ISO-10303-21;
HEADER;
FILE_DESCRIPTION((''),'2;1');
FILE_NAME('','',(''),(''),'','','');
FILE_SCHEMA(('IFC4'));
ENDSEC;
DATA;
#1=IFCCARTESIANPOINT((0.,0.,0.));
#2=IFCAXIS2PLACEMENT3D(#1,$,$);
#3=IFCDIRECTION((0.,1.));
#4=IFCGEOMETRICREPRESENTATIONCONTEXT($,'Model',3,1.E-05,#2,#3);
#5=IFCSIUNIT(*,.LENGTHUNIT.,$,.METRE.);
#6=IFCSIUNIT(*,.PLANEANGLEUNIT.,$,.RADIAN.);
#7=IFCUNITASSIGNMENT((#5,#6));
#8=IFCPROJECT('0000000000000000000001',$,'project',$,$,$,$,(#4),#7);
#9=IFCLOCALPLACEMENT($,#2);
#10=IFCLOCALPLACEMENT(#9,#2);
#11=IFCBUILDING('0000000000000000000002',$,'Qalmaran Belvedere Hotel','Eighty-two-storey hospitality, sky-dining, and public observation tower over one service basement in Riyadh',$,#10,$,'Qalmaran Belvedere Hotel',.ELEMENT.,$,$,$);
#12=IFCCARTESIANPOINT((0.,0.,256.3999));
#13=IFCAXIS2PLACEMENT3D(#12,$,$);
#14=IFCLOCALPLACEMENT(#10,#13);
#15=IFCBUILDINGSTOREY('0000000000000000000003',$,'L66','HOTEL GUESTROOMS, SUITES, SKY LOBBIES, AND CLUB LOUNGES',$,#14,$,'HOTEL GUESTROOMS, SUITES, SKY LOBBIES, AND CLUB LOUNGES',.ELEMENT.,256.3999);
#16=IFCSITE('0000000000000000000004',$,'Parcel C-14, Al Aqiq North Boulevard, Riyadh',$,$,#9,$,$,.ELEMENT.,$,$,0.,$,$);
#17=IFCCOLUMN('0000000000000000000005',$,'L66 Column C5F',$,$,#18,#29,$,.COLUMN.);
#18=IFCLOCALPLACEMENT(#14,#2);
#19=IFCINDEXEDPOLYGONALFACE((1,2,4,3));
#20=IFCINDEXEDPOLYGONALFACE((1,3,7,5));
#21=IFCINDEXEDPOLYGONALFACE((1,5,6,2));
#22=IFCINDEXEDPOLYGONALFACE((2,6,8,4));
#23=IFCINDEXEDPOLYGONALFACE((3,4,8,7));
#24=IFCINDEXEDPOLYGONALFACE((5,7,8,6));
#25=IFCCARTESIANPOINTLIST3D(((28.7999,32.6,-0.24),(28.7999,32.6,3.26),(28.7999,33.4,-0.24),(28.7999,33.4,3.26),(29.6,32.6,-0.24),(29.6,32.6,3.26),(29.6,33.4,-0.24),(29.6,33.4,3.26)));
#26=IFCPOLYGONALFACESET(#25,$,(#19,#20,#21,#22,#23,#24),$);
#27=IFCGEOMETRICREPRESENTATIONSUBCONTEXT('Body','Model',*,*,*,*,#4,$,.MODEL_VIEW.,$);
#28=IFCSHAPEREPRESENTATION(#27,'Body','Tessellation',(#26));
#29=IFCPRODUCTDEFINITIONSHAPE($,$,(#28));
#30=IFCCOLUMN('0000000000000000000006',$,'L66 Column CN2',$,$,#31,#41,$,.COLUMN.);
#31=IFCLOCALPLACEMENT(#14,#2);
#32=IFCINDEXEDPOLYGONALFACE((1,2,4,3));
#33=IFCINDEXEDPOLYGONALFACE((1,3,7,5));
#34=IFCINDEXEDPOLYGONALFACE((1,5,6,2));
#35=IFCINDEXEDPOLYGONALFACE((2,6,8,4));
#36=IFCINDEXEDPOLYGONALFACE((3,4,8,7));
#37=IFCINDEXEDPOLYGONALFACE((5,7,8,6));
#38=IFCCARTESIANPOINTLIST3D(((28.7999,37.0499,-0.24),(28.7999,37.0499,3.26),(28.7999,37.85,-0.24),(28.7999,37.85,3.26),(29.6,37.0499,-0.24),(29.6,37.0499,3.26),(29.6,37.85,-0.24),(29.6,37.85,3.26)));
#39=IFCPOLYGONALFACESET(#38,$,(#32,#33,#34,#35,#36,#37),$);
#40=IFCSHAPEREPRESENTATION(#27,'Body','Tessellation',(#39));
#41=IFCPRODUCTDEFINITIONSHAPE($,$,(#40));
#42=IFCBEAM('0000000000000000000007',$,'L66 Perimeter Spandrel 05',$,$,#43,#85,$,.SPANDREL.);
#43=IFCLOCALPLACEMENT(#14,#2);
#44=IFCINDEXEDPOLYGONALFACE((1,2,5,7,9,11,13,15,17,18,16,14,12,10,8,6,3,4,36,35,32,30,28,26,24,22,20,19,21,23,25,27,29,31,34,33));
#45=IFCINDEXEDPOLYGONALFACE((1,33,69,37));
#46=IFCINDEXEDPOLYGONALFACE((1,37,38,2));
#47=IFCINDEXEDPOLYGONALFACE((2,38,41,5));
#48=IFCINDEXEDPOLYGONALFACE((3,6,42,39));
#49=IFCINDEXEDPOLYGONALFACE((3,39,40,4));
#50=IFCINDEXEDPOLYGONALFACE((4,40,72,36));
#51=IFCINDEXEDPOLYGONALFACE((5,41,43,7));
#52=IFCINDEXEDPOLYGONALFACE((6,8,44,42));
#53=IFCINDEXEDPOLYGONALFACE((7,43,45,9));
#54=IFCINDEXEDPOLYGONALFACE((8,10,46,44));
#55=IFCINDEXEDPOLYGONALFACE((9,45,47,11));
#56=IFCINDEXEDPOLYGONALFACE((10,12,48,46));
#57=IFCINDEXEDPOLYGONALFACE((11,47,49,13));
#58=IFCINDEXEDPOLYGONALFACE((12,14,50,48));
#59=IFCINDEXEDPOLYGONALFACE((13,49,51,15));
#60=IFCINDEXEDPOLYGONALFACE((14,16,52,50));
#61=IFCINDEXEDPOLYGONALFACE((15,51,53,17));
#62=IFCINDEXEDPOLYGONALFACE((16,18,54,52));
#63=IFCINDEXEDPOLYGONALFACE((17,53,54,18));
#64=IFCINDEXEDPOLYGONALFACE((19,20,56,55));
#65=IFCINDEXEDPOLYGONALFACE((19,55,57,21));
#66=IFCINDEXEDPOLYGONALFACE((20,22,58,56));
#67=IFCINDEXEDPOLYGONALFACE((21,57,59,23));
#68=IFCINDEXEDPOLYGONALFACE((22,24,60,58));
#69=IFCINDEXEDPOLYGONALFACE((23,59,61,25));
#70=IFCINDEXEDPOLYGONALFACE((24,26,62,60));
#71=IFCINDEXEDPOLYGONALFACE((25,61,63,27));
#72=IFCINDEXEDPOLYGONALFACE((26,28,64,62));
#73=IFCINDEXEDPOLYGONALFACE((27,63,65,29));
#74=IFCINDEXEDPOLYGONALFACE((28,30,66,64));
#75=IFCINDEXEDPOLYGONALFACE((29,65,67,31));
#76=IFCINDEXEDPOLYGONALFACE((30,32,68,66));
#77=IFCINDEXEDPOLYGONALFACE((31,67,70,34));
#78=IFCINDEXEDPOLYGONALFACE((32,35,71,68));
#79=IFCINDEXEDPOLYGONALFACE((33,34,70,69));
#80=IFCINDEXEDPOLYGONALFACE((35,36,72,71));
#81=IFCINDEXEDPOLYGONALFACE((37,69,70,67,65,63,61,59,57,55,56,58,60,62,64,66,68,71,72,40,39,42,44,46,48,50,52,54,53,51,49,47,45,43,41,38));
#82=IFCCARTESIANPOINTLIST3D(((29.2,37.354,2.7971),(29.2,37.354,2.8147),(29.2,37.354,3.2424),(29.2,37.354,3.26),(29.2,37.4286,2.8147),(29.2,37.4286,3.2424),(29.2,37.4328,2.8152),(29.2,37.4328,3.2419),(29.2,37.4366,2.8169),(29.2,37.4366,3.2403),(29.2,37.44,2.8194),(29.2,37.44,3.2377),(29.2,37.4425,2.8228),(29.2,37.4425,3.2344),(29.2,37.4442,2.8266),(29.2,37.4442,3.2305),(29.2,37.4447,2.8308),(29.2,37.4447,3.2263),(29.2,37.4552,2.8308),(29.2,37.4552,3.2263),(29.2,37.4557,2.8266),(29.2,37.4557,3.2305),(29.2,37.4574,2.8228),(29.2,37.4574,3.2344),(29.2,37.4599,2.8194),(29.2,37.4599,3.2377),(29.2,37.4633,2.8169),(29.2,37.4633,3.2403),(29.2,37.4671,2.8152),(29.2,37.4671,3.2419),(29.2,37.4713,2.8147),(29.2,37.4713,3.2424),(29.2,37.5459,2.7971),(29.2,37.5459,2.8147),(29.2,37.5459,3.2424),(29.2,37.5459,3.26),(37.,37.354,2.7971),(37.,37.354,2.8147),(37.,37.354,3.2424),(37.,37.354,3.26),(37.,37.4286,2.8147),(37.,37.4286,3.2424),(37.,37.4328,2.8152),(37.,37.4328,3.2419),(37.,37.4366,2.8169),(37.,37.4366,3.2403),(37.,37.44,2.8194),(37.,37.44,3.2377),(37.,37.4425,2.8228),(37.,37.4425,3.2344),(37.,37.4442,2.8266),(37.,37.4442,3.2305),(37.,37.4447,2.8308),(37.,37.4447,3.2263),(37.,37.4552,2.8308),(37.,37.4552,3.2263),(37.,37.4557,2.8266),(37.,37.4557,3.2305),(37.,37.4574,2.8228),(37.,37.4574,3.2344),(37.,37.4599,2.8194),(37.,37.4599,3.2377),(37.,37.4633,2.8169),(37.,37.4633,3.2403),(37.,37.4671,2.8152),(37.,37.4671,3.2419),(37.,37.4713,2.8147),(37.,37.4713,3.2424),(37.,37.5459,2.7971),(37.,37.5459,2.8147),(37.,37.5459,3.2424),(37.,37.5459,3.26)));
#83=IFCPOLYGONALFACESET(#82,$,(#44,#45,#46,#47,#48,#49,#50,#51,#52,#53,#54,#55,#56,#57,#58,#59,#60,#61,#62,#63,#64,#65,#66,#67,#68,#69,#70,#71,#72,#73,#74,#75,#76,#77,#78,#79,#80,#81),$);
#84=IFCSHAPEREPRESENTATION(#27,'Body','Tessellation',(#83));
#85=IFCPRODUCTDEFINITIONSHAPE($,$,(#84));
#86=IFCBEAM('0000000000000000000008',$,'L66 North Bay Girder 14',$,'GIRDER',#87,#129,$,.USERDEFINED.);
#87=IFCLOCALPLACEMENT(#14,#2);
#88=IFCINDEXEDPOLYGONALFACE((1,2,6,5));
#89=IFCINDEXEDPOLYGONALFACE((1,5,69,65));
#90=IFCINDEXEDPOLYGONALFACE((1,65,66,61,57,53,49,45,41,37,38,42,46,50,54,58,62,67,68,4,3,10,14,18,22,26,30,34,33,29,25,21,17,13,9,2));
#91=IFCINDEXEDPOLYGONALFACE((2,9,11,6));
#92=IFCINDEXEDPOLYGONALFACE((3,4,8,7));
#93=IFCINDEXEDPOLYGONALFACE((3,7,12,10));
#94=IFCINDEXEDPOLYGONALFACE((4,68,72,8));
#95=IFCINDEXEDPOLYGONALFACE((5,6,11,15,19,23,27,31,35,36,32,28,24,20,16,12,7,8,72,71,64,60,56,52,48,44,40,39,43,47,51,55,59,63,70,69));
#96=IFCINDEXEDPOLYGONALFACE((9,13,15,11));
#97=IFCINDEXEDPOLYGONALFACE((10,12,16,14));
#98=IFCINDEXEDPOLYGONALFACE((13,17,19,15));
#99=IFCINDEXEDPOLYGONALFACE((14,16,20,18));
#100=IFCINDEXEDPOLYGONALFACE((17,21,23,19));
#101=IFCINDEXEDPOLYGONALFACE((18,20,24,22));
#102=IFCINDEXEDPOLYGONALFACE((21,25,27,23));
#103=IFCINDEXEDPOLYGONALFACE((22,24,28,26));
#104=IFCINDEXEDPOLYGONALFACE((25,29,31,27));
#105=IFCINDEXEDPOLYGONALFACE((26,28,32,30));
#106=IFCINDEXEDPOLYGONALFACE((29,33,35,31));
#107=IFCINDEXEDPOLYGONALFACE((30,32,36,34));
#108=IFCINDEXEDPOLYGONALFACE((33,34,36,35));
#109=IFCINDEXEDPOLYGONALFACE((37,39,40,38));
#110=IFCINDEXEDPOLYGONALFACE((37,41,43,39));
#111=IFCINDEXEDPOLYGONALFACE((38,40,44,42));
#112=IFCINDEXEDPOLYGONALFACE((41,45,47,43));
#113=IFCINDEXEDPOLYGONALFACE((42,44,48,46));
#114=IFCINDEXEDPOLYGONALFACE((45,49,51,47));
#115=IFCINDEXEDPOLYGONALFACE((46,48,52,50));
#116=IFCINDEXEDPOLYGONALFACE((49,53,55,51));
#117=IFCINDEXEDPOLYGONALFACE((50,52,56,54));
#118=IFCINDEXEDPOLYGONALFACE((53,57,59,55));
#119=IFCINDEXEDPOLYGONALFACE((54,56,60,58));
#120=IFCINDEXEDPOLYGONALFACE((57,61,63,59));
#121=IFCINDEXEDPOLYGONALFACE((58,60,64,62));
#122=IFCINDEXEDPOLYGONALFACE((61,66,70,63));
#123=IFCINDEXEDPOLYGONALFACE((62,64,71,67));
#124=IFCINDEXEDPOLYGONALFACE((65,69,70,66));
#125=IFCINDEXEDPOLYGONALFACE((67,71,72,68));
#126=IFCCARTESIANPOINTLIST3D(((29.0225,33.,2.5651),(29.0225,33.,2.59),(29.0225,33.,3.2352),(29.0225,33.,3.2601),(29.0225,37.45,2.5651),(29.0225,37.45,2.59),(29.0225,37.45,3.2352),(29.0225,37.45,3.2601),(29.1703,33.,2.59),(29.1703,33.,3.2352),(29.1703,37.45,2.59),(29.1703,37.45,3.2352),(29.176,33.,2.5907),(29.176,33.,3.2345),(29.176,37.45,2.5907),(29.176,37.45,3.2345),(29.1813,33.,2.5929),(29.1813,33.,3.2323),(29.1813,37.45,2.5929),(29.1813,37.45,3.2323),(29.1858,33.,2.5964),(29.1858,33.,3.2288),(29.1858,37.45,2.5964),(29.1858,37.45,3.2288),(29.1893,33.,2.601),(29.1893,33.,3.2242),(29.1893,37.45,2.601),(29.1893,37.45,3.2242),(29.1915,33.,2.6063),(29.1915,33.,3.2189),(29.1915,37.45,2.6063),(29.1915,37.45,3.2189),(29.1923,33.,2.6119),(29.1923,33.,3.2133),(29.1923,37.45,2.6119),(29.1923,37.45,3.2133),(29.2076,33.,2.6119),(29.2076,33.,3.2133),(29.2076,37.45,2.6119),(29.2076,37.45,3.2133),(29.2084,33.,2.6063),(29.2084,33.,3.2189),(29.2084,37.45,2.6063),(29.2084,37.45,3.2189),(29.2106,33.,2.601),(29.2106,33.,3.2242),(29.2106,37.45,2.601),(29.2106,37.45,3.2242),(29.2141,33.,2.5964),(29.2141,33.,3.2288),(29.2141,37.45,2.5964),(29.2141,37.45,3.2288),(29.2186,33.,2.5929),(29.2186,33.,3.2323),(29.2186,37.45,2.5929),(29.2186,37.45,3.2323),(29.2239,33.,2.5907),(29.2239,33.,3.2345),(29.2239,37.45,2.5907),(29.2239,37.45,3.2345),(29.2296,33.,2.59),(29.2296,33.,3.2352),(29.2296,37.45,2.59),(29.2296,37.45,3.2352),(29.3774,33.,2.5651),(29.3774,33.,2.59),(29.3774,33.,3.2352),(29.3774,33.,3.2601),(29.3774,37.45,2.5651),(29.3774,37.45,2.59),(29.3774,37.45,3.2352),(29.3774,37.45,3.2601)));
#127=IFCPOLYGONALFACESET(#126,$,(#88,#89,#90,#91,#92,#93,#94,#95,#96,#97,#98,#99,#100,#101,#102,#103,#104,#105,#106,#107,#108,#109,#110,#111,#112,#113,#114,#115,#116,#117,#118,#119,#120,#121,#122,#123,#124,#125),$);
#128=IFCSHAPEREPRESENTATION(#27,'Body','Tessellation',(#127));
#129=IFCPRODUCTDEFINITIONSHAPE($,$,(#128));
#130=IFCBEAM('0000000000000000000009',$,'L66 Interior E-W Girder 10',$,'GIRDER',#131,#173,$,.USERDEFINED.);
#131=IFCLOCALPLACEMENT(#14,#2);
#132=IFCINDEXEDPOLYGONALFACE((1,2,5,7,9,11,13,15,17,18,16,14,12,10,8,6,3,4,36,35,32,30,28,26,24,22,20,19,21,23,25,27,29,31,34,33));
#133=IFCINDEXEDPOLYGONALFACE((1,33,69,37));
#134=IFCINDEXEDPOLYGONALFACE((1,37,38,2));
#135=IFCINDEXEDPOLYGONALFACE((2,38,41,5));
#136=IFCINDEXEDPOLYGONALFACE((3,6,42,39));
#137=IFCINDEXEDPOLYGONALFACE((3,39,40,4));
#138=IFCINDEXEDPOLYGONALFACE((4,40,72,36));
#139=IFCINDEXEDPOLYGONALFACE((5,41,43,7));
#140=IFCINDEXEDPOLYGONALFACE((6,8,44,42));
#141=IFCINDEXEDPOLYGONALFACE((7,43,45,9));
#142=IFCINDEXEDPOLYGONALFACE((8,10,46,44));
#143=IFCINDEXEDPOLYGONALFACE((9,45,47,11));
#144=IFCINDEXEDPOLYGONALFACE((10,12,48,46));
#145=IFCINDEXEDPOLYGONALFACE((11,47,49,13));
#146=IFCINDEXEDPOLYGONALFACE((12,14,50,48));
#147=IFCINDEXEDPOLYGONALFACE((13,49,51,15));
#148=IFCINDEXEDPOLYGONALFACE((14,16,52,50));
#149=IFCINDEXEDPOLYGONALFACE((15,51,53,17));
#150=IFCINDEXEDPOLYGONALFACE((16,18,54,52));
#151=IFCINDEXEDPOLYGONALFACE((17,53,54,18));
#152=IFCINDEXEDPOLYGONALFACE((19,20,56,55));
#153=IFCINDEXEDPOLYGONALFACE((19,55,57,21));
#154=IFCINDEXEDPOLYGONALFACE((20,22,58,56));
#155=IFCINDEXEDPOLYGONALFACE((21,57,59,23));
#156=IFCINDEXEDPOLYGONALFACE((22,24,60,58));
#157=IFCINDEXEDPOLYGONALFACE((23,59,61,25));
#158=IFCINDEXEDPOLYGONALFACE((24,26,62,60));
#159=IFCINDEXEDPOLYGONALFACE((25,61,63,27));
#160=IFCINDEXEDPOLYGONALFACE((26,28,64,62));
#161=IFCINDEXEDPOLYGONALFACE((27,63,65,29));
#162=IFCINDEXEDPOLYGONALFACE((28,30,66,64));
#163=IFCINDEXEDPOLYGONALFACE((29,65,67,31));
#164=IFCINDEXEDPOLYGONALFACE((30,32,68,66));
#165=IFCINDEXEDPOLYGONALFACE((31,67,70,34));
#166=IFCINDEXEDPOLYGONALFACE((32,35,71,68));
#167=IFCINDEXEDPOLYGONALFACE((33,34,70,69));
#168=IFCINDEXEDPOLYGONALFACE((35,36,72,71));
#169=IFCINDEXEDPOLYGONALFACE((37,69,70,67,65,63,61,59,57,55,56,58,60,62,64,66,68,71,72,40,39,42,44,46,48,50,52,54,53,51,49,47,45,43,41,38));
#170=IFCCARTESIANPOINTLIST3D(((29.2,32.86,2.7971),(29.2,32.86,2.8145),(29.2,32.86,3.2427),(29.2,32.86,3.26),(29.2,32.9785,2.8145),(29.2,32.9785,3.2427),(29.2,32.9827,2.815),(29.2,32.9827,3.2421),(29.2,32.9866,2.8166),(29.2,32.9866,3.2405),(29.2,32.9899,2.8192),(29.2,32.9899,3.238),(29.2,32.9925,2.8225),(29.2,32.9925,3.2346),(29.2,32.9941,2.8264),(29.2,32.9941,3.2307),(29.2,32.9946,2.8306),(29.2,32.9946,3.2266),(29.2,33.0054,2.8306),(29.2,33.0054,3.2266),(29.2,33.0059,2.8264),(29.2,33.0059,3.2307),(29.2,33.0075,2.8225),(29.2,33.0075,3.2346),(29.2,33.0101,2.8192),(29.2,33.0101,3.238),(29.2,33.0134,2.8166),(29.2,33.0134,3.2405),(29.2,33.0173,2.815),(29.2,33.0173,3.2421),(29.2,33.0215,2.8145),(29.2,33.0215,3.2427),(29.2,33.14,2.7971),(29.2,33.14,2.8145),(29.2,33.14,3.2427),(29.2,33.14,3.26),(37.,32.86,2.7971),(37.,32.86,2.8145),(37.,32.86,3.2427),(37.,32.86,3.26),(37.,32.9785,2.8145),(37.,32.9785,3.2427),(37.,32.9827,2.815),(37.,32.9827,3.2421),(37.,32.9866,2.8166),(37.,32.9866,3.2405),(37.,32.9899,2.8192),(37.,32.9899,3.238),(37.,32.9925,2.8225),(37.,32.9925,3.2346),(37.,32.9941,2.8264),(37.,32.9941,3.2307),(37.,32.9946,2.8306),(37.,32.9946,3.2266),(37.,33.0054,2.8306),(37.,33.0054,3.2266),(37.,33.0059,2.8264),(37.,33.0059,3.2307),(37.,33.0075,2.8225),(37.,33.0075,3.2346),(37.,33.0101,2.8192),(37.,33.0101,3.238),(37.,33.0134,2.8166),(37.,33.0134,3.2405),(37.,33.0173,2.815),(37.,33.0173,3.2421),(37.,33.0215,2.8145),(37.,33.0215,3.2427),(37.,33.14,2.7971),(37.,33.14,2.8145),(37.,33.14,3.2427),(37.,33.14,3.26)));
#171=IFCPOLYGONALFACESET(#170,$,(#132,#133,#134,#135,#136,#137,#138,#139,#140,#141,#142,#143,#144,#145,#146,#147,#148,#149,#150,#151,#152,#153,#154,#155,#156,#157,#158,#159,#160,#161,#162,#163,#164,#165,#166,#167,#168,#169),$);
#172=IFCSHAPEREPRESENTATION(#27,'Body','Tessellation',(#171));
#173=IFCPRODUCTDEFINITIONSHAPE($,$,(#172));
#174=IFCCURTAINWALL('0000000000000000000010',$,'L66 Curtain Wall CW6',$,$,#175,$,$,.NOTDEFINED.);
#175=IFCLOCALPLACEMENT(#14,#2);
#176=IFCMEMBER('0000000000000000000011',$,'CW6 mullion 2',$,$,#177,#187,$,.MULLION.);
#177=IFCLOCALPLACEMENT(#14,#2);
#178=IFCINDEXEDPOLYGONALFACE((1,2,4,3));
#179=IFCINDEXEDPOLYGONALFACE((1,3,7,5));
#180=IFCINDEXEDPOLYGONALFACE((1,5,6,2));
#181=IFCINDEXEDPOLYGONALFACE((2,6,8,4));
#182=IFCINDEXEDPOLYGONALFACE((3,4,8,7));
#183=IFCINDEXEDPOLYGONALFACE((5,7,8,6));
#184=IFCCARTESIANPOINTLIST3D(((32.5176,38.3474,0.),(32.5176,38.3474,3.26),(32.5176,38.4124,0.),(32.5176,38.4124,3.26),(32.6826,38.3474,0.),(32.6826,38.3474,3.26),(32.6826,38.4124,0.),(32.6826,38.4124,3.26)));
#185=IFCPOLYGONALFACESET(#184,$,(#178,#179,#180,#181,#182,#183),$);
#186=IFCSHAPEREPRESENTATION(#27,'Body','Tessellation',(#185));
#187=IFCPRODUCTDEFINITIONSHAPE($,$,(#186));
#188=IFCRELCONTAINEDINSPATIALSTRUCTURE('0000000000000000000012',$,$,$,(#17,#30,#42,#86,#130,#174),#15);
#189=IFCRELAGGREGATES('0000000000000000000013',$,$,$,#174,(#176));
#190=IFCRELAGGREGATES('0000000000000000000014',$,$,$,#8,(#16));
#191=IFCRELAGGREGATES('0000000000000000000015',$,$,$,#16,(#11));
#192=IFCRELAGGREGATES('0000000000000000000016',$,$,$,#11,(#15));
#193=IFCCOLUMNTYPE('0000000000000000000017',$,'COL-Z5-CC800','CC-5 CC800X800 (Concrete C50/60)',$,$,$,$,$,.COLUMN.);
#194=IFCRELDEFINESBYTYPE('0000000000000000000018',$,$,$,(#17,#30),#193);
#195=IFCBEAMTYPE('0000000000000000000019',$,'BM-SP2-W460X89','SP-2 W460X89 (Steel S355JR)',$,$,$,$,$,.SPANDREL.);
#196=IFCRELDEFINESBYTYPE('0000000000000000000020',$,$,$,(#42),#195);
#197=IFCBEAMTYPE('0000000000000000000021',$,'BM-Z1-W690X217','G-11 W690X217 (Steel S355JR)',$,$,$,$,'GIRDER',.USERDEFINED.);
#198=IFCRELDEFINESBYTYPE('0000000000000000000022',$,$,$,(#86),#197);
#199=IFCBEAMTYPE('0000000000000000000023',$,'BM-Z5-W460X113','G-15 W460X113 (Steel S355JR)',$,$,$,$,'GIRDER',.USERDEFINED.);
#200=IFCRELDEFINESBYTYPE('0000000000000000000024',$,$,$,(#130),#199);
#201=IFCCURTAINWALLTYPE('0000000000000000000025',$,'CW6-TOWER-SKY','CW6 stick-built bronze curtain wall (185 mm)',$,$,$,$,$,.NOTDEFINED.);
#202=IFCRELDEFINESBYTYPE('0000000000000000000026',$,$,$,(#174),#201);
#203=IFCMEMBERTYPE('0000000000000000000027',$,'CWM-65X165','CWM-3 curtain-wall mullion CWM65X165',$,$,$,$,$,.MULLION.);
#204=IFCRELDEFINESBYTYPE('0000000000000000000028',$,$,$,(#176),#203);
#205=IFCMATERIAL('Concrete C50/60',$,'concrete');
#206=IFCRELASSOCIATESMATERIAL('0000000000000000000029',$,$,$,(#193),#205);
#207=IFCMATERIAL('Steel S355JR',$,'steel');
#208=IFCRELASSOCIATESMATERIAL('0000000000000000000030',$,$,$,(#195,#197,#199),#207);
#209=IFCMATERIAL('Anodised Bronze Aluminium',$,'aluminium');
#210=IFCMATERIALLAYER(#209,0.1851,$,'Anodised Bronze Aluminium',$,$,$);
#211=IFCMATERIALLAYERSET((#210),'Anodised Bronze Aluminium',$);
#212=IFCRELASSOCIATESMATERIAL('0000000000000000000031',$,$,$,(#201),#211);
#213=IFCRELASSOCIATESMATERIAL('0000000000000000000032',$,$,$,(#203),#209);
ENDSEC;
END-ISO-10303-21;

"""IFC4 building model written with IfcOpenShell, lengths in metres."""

from ifc_helpers import new_model, si_unit, direction, frame, origin, origin_2d, place, context, subcontext, project, spatial, rectangle, i_section, extrude, material, layer, layer_set, material_profile, profile_set, type_object, element, aggregate, save


model = new_model("IFC4")

# Units and contexts
model_context = context("Model", 3, precision=1e-05, world=origin(), true_north=direction((0.0, 1.0)))
body_context = subcontext(model_context, "Body", "Model", "MODEL_VIEW")
ifc_project = project(units=[si_unit("LENGTHUNIT", "METRE"), si_unit("PLANEANGLEUNIT", "RADIAN")], contexts=[model_context])

# Site, building, storey
site_placement = place(None, origin())
site = spatial("IfcSite", under=ifc_project, at=site_placement, Name="Parcel C-14, Al Aqiq North Boulevard, Riyadh", CompositionType="ELEMENT", RefElevation=0.0)
building_placement = place(site_placement, origin())
building = spatial("IfcBuilding", under=site, at=building_placement, Name="Qalmaran Belvedere Hotel", Description="Eighty-two-storey hospitality, sky-dining, and public observation tower over one service basement in Riyadh", LongName="Qalmaran Belvedere Hotel", CompositionType="ELEMENT")
storey_placement = place(building_placement, frame((0.0, 0.0, 256.3999)))
storey = spatial("IfcBuildingStorey", under=building, at=storey_placement, Name="L66", Description="HOTEL GUESTROOMS, SUITES, SKY LOBBIES, AND CLUB LOUNGES", LongName="HOTEL GUESTROOMS, SUITES, SKY LOBBIES, AND CLUB LOUNGES", CompositionType="ELEMENT", Elevation=256.3999)

# Columns
ifc_material_1 = material(Name="Concrete C50/60", Category="concrete")
ifc_material_profile_1 = material_profile(ifc_material_1, rectangle(XDim=0.8, YDim=0.8, at=origin_2d()), Name="CC800X800")
ifc_profile_set_1 = profile_set([ifc_material_profile_1], Name="Concrete C50/60")
column_type = type_object("IfcColumnType", Name="COL-Z5-CC800", Description="CC-5 CC800X800 (Concrete C50/60)", PredefinedType="COLUMN", material=ifc_profile_set_1)
for number, where, z_axis, x_axis, name in (
    (1, (29.2, 33.0, -0.24), (0.0, 0.0, 1.0), (1.0, 0.0, 0.0), "L66 Column C5F"),
    (2, (29.2, 37.45, -0.24), (0.0, 0.0, 1.0), (1.0, 0.0, 0.0), "L66 Column CN2"),
):
    element("IfcColumn", number, at=place(storey_placement, frame(where, z_axis=z_axis, x_axis=x_axis)), inside=storey, type_object=column_type, Name=name, PredefinedType="COLUMN", context=body_context, shape_type="SweptSolid", body=[
        extrude(rectangle(XDim=0.8, YDim=0.8, at=origin_2d()), origin(), (0.0, 0.0, 1.0), 3.5),
    ])

# Beams
ifc_material_2 = material(Name="Steel S355JR", Category="steel")
ifc_material_profile_2 = material_profile(ifc_material_2, i_section(OverallWidth=0.1919, OverallDepth=0.4629, WebThickness=0.0105, FlangeThickness=0.0176, FilletRadius=0.0161, at=origin_2d()), Name="W460X89")
ifc_profile_set_2 = profile_set([ifc_material_profile_2], Name="Steel S355JR")
beam_type_1 = type_object("IfcBeamType", Name="BM-SP2-W460X89", Description="SP-2 W460X89 (Steel S355JR)", PredefinedType="SPANDREL", material=ifc_profile_set_2)
beam_1_placement = place(storey_placement, frame((29.2, 37.45, 3.0286), z_axis=(1.0, 0.0, 0.0), x_axis=(0.0, 1.0, 0.0)))
element("IfcBeam", 3, at=beam_1_placement, inside=storey, type_object=beam_type_1, Name="L66 Perimeter Spandrel 05", PredefinedType="SPANDREL", context=body_context, shape_type="SweptSolid", body=[
    extrude(i_section(OverallWidth=0.1919, OverallDepth=0.4629, WebThickness=0.0105, FlangeThickness=0.0176, FilletRadius=0.0161, at=origin_2d()), origin(), (0.0, 0.0, 1.0), 7.8),
])
ifc_material_profile_3 = material_profile(ifc_material_2, i_section(OverallWidth=0.355, OverallDepth=0.6951, WebThickness=0.0154, FlangeThickness=0.0249, FilletRadius=0.022, at=origin_2d()), Name="W690X217")
ifc_profile_set_3 = profile_set([ifc_material_profile_3], Name="Steel S355JR")
beam_type_2 = type_object("IfcBeamType", Name="BM-Z1-W690X217", Description="G-11 W690X217 (Steel S355JR)", ElementType="GIRDER", PredefinedType="USERDEFINED", material=ifc_profile_set_3)
beam_2_placement = place(storey_placement, frame((29.2, 33.0, 2.9126), z_axis=(0.0, 1.0, 0.0), x_axis=(-1.0, 0.0, 0.0)))
element("IfcBeam", 4, at=beam_2_placement, inside=storey, type_object=beam_type_2, Name="L66 North Bay Girder 14", ObjectType="GIRDER", PredefinedType="USERDEFINED", context=body_context, shape_type="SweptSolid", body=[
    extrude(i_section(OverallWidth=0.355, OverallDepth=0.6951, WebThickness=0.0154, FlangeThickness=0.0249, FilletRadius=0.022, at=origin_2d()), origin(), (0.0, 0.0, 1.0), 4.45),
])
ifc_material_profile_4 = material_profile(ifc_material_2, i_section(OverallWidth=0.28, OverallDepth=0.4629, WebThickness=0.0107, FlangeThickness=0.0173, FilletRadius=0.0161, at=origin_2d()), Name="W460X113")
ifc_profile_set_4 = profile_set([ifc_material_profile_4], Name="Steel S355JR")
beam_type_3 = type_object("IfcBeamType", Name="BM-Z5-W460X113", Description="G-15 W460X113 (Steel S355JR)", ElementType="GIRDER", PredefinedType="USERDEFINED", material=ifc_profile_set_4)
beam_3_placement = place(storey_placement, frame((29.2, 33.0, 3.0286), z_axis=(1.0, 0.0, 0.0), x_axis=(0.0, 1.0, 0.0)))
element("IfcBeam", 5, at=beam_3_placement, inside=storey, type_object=beam_type_3, Name="L66 Interior E-W Girder 10", ObjectType="GIRDER", PredefinedType="USERDEFINED", context=body_context, shape_type="SweptSolid", body=[
    extrude(i_section(OverallWidth=0.28, OverallDepth=0.4629, WebThickness=0.0107, FlangeThickness=0.0173, FilletRadius=0.0161, at=origin_2d()), origin(), (0.0, 0.0, 1.0), 7.8),
])

# Curtain wall, member
ifc_material_3 = material(Name="Anodised Bronze Aluminium", Category="aluminium")
ifc_layer_1 = layer(ifc_material_3, 0.1851, Name="Anodised Bronze Aluminium")
ifc_layer_set_1 = layer_set([ifc_layer_1], Name="Anodised Bronze Aluminium")
curtain_wall_type = type_object("IfcCurtainWallType", Name="CW6-TOWER-SKY", Description="CW6 stick-built bronze curtain wall (185 mm)", PredefinedType="NOTDEFINED", material=ifc_layer_set_1)
curtain_wall_placement = place(storey_placement, origin())
curtain_wall = element("IfcCurtainWall", 6, at=curtain_wall_placement, inside=storey, type_object=curtain_wall_type, Name="L66 Curtain Wall CW6", PredefinedType="NOTDEFINED")
ifc_material_profile_5 = material_profile(ifc_material_3, rectangle(XDim=0.0649, YDim=0.165, at=origin_2d()), Name="CWM65X165")
ifc_profile_set_5 = profile_set([ifc_material_profile_5], Name="Anodised Bronze Aluminium")
member_type_1 = type_object("IfcMemberType", Name="CWM-65X165", Description="CWM-3 curtain-wall mullion CWM65X165", PredefinedType="MULLION", material=ifc_profile_set_5)
member_1_placement = place(storey_placement, frame((32.6001, 38.3799, 0.0), z_axis=(0.0, 0.0, 1.0), x_axis=(0.0, -1.0, 0.0)))
member_1 = element("IfcMember", 7, at=member_1_placement, type_object=member_type_1, Name="CW6 mullion 2", PredefinedType="MULLION", context=body_context, shape_type="SweptSolid", body=[
    extrude(rectangle(XDim=0.0649, YDim=0.165, at=origin_2d()), origin(), (0.0, 0.0, 1.0), 3.26),
])
aggregate(curtain_wall, [member_1])

save(model, "model.ifc")
